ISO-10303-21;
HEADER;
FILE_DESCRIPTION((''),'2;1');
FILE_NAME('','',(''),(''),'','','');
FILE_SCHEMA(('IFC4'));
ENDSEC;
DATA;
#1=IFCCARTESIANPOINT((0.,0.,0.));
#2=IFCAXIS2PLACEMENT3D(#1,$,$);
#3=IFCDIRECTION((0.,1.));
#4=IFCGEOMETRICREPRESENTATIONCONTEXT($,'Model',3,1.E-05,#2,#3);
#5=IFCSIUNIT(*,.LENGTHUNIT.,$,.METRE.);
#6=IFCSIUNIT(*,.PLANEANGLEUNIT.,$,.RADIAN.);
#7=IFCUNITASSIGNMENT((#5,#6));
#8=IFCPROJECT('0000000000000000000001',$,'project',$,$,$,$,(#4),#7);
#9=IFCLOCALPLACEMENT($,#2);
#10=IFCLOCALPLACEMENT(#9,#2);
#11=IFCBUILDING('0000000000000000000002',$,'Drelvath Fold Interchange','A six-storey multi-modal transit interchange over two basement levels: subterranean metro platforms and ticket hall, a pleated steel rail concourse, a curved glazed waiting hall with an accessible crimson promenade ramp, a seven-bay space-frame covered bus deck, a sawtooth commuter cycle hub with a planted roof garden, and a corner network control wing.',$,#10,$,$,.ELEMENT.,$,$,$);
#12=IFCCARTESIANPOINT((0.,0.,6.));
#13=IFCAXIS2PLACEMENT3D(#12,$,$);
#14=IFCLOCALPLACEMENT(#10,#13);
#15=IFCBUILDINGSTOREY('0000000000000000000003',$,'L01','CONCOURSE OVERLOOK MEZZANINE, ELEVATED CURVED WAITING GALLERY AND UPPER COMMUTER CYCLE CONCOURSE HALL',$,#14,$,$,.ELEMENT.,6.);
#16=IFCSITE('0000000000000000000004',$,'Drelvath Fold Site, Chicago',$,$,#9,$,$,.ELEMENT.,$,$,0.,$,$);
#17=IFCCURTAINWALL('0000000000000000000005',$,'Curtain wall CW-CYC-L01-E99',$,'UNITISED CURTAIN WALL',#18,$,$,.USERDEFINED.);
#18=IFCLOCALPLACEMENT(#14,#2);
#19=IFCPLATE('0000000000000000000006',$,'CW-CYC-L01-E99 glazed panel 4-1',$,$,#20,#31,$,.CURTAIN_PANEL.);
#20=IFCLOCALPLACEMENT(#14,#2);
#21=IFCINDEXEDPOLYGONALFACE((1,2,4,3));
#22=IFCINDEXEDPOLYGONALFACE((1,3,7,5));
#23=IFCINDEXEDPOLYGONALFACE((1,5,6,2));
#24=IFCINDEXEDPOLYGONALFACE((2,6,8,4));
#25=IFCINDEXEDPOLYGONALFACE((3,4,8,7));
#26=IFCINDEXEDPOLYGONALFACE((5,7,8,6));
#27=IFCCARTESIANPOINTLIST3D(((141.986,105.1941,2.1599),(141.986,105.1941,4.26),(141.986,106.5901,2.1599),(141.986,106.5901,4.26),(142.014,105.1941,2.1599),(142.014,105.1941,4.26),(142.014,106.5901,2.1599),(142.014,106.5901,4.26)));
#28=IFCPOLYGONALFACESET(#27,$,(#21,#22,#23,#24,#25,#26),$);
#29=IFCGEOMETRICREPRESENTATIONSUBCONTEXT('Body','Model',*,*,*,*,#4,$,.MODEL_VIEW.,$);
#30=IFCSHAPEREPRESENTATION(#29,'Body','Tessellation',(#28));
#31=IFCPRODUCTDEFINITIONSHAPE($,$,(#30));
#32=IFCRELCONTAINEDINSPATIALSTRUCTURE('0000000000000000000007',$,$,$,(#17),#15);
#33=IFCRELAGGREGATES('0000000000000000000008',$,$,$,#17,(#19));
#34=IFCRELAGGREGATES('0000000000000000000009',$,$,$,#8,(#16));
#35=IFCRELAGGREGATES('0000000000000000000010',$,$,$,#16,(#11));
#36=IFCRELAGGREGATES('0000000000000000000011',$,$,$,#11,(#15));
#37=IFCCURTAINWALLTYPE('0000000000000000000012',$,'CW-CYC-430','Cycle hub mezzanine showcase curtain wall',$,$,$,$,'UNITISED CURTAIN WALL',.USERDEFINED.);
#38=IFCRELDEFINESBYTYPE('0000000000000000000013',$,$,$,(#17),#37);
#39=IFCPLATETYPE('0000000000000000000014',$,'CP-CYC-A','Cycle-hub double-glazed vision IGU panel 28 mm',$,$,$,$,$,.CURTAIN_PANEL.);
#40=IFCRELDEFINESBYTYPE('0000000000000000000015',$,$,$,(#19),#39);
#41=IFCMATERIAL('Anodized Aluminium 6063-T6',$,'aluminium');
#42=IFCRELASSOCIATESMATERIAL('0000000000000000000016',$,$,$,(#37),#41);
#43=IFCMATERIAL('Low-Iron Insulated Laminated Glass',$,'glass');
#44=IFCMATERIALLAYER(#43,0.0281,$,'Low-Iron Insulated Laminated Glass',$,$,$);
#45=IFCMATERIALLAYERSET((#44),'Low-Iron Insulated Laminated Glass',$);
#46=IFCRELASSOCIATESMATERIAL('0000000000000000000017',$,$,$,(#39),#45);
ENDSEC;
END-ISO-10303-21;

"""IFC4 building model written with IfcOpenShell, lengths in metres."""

from ifc_helpers import new_model, si_unit, direction, frame, origin, origin_2d, place, context, subcontext, project, spatial, rectangle, extrude, material, layer, layer_set, type_object, element, aggregate, save


model = new_model("IFC4")

# Units and contexts
model_context = context("Model", 3, precision=1e-05, world=origin(), true_north=direction((0.0, 1.0)))
body_context = subcontext(model_context, "Body", "Model", "MODEL_VIEW")
ifc_project = project(units=[si_unit("LENGTHUNIT", "METRE"), si_unit("PLANEANGLEUNIT", "RADIAN")], contexts=[model_context])

# Site, building, storey
site_placement = place(None, origin())
site = spatial("IfcSite", under=ifc_project, at=site_placement, Name="Drelvath Fold Site, Chicago", CompositionType="ELEMENT", RefElevation=0.0)
building_placement = place(site_placement, origin())
building = spatial("IfcBuilding", under=site, at=building_placement, Name="Drelvath Fold Interchange", Description="A six-storey multi-modal transit interchange over two basement levels: subterranean metro platforms and ticket hall, a pleated steel rail concourse, a curved glazed waiting hall with an accessible crimson promenade ramp, a seven-bay space-frame covered bus deck, a sawtooth commuter cycle hub with a planted roof garden, and a corner network control wing.", CompositionType="ELEMENT")
storey_placement = place(building_placement, frame((0.0, 0.0, 6.0)))
storey = spatial("IfcBuildingStorey", under=building, at=storey_placement, Name="L01", Description="CONCOURSE OVERLOOK MEZZANINE, ELEVATED CURVED WAITING GALLERY AND UPPER COMMUTER CYCLE CONCOURSE HALL", CompositionType="ELEMENT", Elevation=6.0)

# Curtain wall
ifc_material_1 = material(Name="Anodized Aluminium 6063-T6", Category="aluminium")
curtain_wall_type = type_object("IfcCurtainWallType", Name="CW-CYC-430", Description="Cycle hub mezzanine showcase curtain wall", ElementType="UNITISED CURTAIN WALL", PredefinedType="USERDEFINED", material=ifc_material_1)
curtain_wall_1_placement = place(storey_placement, origin())
curtain_wall_1 = element("IfcCurtainWall", 1, at=curtain_wall_1_placement, inside=storey, type_object=curtain_wall_type, Name="Curtain wall CW-CYC-L01-E99", ObjectType="UNITISED CURTAIN WALL", PredefinedType="USERDEFINED")

# Plate
ifc_material_2 = material(Name="Low-Iron Insulated Laminated Glass", Category="glass")
ifc_layer = layer(ifc_material_2, 0.0281, Name="Low-Iron Insulated Laminated Glass")
ifc_layer_set = layer_set([ifc_layer], Name="Low-Iron Insulated Laminated Glass")
plate_type = type_object("IfcPlateType", Name="CP-CYC-A", Description="Cycle-hub double-glazed vision IGU panel 28 mm", PredefinedType="CURTAIN_PANEL", material=ifc_layer_set)
plate_1_placement = place(storey_placement, frame((142.0, 105.8921, 2.1599), z_axis=(0.0, 0.0, 1.0), x_axis=(0.0, 1.0, 0.0)))
plate_1 = element("IfcPlate", 2, at=plate_1_placement, type_object=plate_type, Name="CW-CYC-L01-E99 glazed panel 4-1", PredefinedType="CURTAIN_PANEL", context=body_context, shape_type="SweptSolid", body=[
    extrude(rectangle(XDim=1.396, YDim=0.0281, at=origin_2d()), origin(), (0.0, 0.0, 1.0), 2.1001),
])
aggregate(curtain_wall_1, [plate_1])

save(model, "model.ifc")
